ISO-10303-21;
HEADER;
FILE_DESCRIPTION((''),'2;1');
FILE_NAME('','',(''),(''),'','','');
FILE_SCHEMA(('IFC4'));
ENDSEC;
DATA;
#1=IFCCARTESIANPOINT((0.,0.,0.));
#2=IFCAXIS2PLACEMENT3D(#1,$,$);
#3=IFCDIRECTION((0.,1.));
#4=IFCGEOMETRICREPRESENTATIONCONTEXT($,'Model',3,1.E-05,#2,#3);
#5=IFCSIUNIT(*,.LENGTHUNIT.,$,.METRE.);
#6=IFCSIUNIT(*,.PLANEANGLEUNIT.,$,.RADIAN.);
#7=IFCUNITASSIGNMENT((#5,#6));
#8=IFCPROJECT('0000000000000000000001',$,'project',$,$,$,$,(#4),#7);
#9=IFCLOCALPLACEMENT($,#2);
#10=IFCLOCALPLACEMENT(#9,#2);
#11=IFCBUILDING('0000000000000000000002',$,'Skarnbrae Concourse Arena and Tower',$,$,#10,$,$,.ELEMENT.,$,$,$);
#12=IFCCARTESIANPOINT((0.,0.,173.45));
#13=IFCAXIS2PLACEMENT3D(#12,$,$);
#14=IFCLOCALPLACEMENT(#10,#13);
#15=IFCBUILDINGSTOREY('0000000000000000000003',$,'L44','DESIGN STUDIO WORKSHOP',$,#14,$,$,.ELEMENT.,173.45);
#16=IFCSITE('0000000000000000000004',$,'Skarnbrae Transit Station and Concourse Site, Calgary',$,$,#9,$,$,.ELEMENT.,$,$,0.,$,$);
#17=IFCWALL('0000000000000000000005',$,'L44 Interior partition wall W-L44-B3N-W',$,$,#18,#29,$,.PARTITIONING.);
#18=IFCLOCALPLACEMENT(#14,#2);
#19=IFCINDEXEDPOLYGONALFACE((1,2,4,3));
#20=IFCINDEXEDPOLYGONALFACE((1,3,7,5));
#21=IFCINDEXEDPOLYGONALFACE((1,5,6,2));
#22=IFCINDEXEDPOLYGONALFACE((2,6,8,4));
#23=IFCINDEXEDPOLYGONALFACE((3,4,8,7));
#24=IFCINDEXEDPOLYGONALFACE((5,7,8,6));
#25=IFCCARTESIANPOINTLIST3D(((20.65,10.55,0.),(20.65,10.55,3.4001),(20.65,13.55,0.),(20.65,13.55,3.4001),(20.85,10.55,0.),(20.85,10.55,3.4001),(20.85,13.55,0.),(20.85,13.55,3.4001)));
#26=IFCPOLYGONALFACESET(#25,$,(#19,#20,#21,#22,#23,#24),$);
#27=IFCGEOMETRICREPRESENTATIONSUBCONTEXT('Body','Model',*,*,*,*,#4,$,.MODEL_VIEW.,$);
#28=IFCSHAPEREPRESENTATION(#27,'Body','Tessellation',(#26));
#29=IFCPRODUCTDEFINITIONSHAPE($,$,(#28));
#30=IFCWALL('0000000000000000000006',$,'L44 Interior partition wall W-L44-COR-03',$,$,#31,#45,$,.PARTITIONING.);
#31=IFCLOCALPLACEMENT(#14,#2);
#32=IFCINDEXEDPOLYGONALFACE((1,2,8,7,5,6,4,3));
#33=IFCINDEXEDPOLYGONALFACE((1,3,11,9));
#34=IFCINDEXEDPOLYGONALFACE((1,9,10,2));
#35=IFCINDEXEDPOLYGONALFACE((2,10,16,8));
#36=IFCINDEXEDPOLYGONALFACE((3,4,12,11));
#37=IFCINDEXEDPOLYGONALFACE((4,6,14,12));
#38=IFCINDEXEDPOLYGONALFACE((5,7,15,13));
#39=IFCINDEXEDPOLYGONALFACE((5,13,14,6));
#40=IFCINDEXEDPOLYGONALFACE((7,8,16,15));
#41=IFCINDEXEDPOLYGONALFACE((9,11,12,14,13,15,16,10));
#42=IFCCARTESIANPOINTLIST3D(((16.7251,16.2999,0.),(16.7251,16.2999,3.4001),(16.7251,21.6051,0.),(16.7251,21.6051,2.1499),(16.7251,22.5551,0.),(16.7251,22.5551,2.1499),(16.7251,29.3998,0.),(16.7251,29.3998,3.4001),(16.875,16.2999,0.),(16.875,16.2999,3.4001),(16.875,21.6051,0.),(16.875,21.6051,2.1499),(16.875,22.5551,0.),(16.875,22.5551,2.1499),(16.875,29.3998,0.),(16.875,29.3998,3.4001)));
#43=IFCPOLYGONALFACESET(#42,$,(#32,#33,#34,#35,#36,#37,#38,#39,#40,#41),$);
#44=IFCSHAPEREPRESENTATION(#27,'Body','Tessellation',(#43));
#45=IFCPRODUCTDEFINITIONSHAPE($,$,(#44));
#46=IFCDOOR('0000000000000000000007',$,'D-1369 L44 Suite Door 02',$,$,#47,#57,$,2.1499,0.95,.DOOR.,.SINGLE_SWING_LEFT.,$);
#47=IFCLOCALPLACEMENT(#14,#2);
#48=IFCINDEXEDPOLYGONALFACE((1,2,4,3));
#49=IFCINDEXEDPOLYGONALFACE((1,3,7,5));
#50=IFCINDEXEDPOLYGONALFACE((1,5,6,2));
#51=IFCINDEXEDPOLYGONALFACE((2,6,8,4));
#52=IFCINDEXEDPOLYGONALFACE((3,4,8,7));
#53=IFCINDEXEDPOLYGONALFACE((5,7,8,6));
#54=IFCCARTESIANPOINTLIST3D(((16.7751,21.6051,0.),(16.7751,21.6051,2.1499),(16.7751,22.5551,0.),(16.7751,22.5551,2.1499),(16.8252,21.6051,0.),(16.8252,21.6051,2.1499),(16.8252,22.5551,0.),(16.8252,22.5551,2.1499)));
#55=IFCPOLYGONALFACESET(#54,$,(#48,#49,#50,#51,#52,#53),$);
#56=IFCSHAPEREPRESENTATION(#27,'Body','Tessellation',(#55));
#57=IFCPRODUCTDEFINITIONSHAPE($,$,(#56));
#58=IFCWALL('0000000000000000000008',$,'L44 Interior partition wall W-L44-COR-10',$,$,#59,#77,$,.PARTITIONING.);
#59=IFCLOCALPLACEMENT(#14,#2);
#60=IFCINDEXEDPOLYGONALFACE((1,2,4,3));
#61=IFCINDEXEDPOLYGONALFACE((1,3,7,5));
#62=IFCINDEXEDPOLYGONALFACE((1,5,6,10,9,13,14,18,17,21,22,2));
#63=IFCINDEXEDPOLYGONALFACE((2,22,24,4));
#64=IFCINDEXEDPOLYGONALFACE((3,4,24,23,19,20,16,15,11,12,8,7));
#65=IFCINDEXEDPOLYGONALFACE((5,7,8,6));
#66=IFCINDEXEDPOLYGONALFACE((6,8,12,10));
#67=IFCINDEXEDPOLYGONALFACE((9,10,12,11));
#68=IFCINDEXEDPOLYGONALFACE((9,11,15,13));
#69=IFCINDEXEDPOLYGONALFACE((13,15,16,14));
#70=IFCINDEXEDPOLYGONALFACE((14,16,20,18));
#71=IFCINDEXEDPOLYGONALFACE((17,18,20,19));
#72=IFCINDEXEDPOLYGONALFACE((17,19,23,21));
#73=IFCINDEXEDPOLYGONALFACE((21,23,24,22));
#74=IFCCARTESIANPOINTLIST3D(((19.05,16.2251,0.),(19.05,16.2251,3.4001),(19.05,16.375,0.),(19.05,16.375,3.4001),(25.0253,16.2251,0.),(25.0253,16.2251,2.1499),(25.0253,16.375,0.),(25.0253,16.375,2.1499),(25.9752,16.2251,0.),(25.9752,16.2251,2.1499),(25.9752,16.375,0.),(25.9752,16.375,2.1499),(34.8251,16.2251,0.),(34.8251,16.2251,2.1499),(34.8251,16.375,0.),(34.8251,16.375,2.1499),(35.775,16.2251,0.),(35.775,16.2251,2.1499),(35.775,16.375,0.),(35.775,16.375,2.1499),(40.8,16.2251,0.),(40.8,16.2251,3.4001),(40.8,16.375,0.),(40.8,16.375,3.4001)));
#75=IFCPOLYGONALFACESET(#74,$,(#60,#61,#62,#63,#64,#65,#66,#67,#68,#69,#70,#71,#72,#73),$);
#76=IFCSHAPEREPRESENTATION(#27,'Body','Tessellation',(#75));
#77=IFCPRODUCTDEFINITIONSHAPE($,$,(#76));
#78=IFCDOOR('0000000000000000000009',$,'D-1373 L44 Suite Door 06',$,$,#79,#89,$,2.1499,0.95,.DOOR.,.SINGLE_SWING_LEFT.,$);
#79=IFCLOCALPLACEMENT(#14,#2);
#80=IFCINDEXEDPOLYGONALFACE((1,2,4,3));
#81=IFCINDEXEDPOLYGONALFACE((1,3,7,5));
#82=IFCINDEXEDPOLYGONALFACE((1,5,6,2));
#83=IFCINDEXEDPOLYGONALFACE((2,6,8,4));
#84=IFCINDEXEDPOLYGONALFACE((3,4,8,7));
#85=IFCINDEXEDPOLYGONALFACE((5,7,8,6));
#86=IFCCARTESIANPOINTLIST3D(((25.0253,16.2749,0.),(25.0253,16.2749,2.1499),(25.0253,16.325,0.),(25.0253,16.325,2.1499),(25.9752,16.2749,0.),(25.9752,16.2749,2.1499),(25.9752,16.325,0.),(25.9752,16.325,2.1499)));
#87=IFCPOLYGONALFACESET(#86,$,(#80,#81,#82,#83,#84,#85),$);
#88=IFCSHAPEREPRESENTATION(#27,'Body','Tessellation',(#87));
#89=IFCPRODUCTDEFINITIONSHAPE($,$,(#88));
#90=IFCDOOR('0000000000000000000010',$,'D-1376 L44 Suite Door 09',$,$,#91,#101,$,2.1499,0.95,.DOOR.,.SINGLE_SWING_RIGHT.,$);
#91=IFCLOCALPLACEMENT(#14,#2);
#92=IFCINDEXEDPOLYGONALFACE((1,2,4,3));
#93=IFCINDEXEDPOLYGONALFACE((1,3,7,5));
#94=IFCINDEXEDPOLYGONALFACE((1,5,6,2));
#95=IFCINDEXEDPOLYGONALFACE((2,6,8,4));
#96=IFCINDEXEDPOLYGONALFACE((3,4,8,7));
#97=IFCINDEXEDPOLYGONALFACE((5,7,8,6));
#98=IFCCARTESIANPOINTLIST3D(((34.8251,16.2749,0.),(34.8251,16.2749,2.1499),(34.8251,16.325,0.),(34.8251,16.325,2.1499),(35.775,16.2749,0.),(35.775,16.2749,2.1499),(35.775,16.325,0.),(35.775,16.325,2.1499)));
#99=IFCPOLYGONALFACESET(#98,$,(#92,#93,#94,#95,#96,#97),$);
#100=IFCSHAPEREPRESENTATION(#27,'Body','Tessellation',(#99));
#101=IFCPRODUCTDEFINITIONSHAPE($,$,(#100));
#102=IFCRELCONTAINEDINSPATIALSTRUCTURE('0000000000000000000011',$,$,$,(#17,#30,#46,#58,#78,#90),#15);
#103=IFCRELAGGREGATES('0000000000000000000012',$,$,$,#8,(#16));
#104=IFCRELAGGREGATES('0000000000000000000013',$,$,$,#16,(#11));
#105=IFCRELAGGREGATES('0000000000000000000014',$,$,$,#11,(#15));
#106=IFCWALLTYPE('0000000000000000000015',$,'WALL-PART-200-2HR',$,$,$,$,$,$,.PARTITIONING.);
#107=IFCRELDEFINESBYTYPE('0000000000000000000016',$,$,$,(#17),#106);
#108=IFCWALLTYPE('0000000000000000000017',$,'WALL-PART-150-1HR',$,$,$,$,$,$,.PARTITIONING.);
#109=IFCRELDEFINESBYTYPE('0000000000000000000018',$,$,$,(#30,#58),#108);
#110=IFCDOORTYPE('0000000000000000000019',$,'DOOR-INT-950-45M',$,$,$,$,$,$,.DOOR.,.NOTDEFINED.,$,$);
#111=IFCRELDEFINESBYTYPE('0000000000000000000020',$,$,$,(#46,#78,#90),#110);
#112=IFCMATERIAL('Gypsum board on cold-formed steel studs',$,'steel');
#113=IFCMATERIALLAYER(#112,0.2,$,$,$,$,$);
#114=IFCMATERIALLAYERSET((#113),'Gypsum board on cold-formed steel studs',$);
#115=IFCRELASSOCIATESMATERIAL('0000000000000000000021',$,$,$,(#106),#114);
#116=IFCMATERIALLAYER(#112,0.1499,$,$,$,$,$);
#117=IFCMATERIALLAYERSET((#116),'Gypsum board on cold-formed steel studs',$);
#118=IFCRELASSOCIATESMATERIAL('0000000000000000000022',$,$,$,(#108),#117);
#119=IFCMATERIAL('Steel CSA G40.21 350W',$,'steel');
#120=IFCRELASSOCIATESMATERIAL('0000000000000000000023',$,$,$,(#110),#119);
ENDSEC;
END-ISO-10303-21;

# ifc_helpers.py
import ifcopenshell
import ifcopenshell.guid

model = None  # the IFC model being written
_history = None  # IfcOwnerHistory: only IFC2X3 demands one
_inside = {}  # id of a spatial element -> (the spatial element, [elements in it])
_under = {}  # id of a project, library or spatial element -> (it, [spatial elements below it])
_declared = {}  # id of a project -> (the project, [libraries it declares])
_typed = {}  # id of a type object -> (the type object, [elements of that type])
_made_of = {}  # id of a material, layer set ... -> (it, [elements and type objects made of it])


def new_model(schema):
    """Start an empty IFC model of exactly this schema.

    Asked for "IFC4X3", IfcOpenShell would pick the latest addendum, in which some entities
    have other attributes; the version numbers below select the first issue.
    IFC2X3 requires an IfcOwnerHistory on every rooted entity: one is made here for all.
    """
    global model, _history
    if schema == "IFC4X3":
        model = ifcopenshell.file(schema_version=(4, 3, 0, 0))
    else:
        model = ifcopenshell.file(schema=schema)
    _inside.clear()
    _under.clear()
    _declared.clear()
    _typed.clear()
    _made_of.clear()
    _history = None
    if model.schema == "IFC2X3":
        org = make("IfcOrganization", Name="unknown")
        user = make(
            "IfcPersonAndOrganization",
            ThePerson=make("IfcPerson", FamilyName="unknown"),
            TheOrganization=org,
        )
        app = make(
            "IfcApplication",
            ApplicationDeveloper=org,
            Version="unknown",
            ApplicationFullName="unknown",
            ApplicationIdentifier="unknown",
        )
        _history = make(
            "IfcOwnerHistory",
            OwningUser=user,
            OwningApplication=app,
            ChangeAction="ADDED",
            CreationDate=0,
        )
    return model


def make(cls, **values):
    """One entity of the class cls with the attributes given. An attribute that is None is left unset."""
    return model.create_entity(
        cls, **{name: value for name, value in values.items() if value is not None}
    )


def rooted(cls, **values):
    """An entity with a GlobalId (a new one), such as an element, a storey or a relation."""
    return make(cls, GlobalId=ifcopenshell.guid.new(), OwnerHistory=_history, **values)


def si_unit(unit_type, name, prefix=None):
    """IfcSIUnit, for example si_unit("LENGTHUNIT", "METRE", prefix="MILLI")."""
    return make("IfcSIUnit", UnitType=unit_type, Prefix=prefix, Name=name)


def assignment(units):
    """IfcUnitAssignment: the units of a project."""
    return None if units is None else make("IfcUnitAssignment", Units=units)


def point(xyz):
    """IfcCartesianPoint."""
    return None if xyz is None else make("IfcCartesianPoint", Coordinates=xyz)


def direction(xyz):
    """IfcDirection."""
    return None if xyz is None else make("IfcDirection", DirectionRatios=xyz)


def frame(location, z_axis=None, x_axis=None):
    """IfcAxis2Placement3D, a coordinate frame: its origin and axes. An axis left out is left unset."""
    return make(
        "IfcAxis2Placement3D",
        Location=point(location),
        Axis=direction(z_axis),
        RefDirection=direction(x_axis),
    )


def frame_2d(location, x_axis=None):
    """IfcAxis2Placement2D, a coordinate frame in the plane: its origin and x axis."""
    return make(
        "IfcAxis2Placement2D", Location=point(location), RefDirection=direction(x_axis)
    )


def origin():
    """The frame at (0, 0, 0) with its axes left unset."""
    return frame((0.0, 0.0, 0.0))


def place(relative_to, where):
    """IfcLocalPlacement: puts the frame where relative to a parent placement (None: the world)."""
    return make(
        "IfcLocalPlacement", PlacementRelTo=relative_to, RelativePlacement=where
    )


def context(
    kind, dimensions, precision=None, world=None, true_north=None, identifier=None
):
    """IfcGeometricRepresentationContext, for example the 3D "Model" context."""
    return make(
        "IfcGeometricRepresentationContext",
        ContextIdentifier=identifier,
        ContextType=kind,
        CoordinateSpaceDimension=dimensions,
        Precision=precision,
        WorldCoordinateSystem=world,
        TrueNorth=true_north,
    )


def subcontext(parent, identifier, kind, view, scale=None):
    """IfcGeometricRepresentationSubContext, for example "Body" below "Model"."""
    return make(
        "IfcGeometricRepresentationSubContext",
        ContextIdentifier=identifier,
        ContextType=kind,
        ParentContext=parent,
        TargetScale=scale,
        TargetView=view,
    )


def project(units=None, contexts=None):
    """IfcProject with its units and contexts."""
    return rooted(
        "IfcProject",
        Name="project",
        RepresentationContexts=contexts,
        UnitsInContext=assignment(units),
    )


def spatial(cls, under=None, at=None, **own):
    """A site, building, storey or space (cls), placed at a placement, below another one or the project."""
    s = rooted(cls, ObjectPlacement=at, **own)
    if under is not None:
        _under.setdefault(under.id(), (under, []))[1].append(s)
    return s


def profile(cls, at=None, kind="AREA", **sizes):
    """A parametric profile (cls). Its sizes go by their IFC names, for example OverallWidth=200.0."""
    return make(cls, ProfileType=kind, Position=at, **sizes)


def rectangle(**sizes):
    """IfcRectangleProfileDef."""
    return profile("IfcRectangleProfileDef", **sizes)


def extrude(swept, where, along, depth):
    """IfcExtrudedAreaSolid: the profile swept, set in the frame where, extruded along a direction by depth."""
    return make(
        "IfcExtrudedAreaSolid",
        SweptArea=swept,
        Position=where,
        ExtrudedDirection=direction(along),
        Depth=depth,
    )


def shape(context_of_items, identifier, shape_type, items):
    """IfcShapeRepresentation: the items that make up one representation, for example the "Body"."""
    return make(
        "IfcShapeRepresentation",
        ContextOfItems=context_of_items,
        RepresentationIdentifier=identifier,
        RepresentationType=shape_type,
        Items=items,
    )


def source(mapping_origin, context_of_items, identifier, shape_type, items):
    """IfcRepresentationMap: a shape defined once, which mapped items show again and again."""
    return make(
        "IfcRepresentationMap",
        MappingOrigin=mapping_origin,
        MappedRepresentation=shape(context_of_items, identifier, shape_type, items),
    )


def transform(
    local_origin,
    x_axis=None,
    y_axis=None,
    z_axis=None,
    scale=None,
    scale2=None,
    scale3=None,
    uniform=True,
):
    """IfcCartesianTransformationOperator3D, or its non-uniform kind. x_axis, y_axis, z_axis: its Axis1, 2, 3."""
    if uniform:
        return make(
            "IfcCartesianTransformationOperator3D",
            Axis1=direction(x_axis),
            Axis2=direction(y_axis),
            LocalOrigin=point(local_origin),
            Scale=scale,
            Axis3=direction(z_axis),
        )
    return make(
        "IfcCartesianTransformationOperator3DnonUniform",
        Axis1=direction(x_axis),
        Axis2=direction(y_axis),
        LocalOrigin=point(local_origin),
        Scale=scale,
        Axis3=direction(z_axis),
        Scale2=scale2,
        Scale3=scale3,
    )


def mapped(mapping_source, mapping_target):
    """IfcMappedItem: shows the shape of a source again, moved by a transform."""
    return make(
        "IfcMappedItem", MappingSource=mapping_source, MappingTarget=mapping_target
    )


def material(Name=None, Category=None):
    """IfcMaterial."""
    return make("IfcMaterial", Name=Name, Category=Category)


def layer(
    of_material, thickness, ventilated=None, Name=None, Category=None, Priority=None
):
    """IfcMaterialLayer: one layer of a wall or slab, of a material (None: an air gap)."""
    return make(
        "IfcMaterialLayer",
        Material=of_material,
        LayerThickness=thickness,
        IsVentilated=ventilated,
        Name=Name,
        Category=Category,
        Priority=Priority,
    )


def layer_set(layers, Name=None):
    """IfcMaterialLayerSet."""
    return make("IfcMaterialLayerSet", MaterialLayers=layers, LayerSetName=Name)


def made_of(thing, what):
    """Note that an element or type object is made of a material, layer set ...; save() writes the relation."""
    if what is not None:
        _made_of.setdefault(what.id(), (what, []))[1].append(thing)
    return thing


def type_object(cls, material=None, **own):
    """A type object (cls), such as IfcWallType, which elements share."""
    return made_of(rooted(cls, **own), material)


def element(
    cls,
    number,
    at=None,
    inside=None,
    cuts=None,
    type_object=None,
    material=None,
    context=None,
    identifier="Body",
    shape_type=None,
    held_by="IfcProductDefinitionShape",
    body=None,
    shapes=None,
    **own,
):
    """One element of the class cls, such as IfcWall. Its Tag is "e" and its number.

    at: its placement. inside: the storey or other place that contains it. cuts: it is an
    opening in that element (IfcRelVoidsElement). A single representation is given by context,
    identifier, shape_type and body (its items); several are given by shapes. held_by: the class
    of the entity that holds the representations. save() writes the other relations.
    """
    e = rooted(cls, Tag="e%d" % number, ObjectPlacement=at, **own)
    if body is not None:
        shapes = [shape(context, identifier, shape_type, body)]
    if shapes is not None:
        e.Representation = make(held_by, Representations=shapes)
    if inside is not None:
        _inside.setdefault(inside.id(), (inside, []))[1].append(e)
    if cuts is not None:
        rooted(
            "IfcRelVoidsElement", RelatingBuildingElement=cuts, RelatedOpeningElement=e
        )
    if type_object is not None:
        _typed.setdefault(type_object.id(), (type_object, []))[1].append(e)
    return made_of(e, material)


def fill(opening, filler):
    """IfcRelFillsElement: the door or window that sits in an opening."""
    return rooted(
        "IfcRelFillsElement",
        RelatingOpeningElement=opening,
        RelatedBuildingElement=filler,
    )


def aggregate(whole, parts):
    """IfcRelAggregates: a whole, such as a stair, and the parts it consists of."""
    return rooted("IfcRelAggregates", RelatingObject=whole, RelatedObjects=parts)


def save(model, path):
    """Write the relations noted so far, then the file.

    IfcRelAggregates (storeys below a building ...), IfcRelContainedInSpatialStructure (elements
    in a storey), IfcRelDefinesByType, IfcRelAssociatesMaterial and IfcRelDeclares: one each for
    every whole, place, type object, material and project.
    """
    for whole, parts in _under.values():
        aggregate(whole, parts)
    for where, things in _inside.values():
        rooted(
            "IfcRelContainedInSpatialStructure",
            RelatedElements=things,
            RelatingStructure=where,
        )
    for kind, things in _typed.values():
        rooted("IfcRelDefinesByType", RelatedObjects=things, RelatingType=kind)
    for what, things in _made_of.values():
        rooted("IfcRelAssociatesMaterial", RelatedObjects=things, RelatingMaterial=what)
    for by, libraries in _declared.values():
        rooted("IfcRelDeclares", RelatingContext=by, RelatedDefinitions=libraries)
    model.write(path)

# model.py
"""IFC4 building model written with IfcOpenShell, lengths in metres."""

from ifc_helpers import new_model, si_unit, direction, frame, frame_2d, origin, place, context, subcontext, project, spatial, rectangle, extrude, source, transform, mapped, material, layer, layer_set, type_object, element, fill, save


model = new_model("IFC4")

# Units and contexts
model_context = context("Model", 3, precision=1e-05, world=origin(), true_north=direction((0.0, 1.0)))
body_context = subcontext(model_context, "Body", "Model", "MODEL_VIEW")
ifc_project = project(units=[si_unit("LENGTHUNIT", "METRE"), si_unit("PLANEANGLEUNIT", "RADIAN")], contexts=[model_context])

# Site, building, storey
site_placement = place(None, origin())
site = spatial("IfcSite", under=ifc_project, at=site_placement, Name="Skarnbrae Transit Station and Concourse Site, Calgary", CompositionType="ELEMENT", RefElevation=0.0)
building_placement = place(site_placement, origin())
building = spatial("IfcBuilding", under=site, at=building_placement, Name="Skarnbrae Concourse Arena and Tower", CompositionType="ELEMENT")
storey_placement = place(building_placement, frame((0.0, 0.0, 173.45)))
storey = spatial("IfcBuildingStorey", under=building, at=storey_placement, Name="L44", Description="DESIGN STUDIO WORKSHOP", CompositionType="ELEMENT", Elevation=173.45)

# Shared definitions
ifc_material_1 = material(Name="Steel CSA G40.21 350W", Category="steel")

# Wall
ifc_material_2 = material(Name="Gypsum board on cold-formed steel studs", Category="steel")
ifc_layer_1 = layer(ifc_material_2, 0.2)
ifc_layer_set_1 = layer_set([ifc_layer_1], Name="Gypsum board on cold-formed steel studs")
wall_type_1 = type_object("IfcWallType", Name="WALL-PART-200-2HR", PredefinedType="PARTITIONING", material=ifc_layer_set_1)
shared_shape_1 = source(origin(), body_context, "Body", "SweptSolid", [
    extrude(rectangle(XDim=3.0, YDim=0.2, at=frame_2d((1.5, 0.0))), origin(), (0.0, 0.0, 1.0), 3.4001),
])
wall_1_placement = place(storey_placement, frame((20.75, 10.55, 0.0), z_axis=(0.0, 0.0, 1.0), x_axis=(0.0, 1.0, 0.0)))
element("IfcWall", 1, at=wall_1_placement, inside=storey, type_object=wall_type_1, Name="L44 Interior partition wall W-L44-B3N-W", PredefinedType="PARTITIONING", context=body_context, shape_type="MappedRepresentation", body=[
    mapped(shared_shape_1, transform((0.0, 0.0, 0.0))),
])

# Wall, opening, door
ifc_layer_2 = layer(ifc_material_2, 0.1499)
ifc_layer_set_2 = layer_set([ifc_layer_2], Name="Gypsum board on cold-formed steel studs")
wall_type_2 = type_object("IfcWallType", Name="WALL-PART-150-1HR", PredefinedType="PARTITIONING", material=ifc_layer_set_2)
shared_shape_2 = source(origin(), body_context, "Body", "SweptSolid", [
    extrude(rectangle(XDim=13.0999, YDim=0.1499, at=frame_2d((6.5498, 0.0))), origin(), (0.0, 0.0, 1.0), 3.4001),
])
wall_2_placement = place(storey_placement, frame((16.8, 16.3, 0.0), z_axis=(0.0, 0.0, 1.0), x_axis=(0.0, 1.0, 0.0)))
wall_2 = element("IfcWall", 2, at=wall_2_placement, inside=storey, type_object=wall_type_2, Name="L44 Interior partition wall W-L44-COR-03", PredefinedType="PARTITIONING", context=body_context, shape_type="MappedRepresentation", body=[
    mapped(shared_shape_2, transform((0.0, 0.0, 0.0))),
])
opening_1_placement = place(wall_2_placement, frame((5.3049, 0.0, 0.0)))
opening_1 = element("IfcOpeningElement", 3, at=opening_1_placement, cuts=wall_2, PredefinedType="OPENING", context=body_context, shape_type="SweptSolid", body=[
    extrude(rectangle(XDim=0.95, YDim=2.1499, at=frame_2d((0.4751, 1.075))), frame((0.0, 0.085, 0.0), z_axis=(0.0, -1.0, 0.0), x_axis=(1.0, 0.0, 0.0)), (0.0, 0.0, 1.0), 0.1699),
])
door_type_1 = type_object("IfcDoorType", Name="DOOR-INT-950-45M", OperationType="NOTDEFINED", PredefinedType="DOOR", material=ifc_material_1)
shared_shape_3 = source(origin(), body_context, "Body", "SweptSolid", [
    extrude(rectangle(XDim=0.95, YDim=2.1499, at=frame_2d((0.4751, 1.075))), frame((0.0, 0.0249, 0.0), z_axis=(0.0, -1.0, 0.0), x_axis=(1.0, 0.0, 0.0)), (0.0, 0.0, 1.0), 0.05),
])
door_1_placement = place(opening_1_placement, origin())
door_1 = element("IfcDoor", 4, at=door_1_placement, inside=storey, type_object=door_type_1, Name="D-1369 L44 Suite Door 02", OperationType="SINGLE_SWING_LEFT", OverallHeight=2.1499, OverallWidth=0.95, PredefinedType="DOOR", context=body_context, shape_type="MappedRepresentation", body=[
    mapped(shared_shape_3, transform((0.0, 0.0, 0.0))),
])
fill(opening_1, door_1)

# Wall, openings, doors
shared_shape_4 = source(origin(), body_context, "Body", "SweptSolid", [
    extrude(rectangle(XDim=21.75, YDim=0.1499, at=frame_2d((10.875, 0.0))), origin(), (0.0, 0.0, 1.0), 3.4001),
])
wall_3_placement = place(storey_placement, frame((19.05, 16.3, 0.0), z_axis=(0.0, 0.0, 1.0), x_axis=(1.0, 0.0, 0.0)))
wall_3 = element("IfcWall", 5, at=wall_3_placement, inside=storey, type_object=wall_type_2, Name="L44 Interior partition wall W-L44-COR-10", PredefinedType="PARTITIONING", context=body_context, shape_type="MappedRepresentation", body=[
    mapped(shared_shape_4, transform((0.0, 0.0, 0.0))),
])
opening_2_placement = place(wall_3_placement, frame((5.9751, 0.0, 0.0)))
opening_2 = element("IfcOpeningElement", 6, at=opening_2_placement, cuts=wall_3, PredefinedType="OPENING", context=body_context, shape_type="SweptSolid", body=[
    extrude(rectangle(XDim=0.95, YDim=2.1499, at=frame_2d((0.4751, 1.075))), frame((0.0, 0.085, 0.0), z_axis=(0.0, -1.0, 0.0), x_axis=(1.0, 0.0, 0.0)), (0.0, 0.0, 1.0), 0.1699),
])
opening_3_placement = place(wall_3_placement, frame((15.7749, 0.0, 0.0)))
opening_3 = element("IfcOpeningElement", 7, at=opening_3_placement, cuts=wall_3, PredefinedType="OPENING", context=body_context, shape_type="SweptSolid", body=[
    extrude(rectangle(XDim=0.95, YDim=2.1499, at=frame_2d((0.4751, 1.075))), frame((0.0, 0.085, 0.0), z_axis=(0.0, -1.0, 0.0), x_axis=(1.0, 0.0, 0.0)), (0.0, 0.0, 1.0), 0.1699),
])
door_2_placement = place(opening_2_placement, origin())
door_2 = element("IfcDoor", 8, at=door_2_placement, inside=storey, type_object=door_type_1, Name="D-1373 L44 Suite Door 06", OperationType="SINGLE_SWING_LEFT", OverallHeight=2.1499, OverallWidth=0.95, PredefinedType="DOOR", context=body_context, shape_type="MappedRepresentation", body=[
    mapped(shared_shape_3, transform((0.0, 0.0, 0.0))),
])
fill(opening_2, door_2)
door_3_placement = place(opening_3_placement, origin())
door_3 = element("IfcDoor", 9, at=door_3_placement, inside=storey, type_object=door_type_1, Name="D-1376 L44 Suite Door 09", OperationType="SINGLE_SWING_RIGHT", OverallHeight=2.1499, OverallWidth=0.95, PredefinedType="DOOR", context=body_context, shape_type="MappedRepresentation", body=[
    mapped(shared_shape_3, transform((0.0, 0.0, 0.0))),
])
fill(opening_3, door_3)

save(model, "model.ifc")
